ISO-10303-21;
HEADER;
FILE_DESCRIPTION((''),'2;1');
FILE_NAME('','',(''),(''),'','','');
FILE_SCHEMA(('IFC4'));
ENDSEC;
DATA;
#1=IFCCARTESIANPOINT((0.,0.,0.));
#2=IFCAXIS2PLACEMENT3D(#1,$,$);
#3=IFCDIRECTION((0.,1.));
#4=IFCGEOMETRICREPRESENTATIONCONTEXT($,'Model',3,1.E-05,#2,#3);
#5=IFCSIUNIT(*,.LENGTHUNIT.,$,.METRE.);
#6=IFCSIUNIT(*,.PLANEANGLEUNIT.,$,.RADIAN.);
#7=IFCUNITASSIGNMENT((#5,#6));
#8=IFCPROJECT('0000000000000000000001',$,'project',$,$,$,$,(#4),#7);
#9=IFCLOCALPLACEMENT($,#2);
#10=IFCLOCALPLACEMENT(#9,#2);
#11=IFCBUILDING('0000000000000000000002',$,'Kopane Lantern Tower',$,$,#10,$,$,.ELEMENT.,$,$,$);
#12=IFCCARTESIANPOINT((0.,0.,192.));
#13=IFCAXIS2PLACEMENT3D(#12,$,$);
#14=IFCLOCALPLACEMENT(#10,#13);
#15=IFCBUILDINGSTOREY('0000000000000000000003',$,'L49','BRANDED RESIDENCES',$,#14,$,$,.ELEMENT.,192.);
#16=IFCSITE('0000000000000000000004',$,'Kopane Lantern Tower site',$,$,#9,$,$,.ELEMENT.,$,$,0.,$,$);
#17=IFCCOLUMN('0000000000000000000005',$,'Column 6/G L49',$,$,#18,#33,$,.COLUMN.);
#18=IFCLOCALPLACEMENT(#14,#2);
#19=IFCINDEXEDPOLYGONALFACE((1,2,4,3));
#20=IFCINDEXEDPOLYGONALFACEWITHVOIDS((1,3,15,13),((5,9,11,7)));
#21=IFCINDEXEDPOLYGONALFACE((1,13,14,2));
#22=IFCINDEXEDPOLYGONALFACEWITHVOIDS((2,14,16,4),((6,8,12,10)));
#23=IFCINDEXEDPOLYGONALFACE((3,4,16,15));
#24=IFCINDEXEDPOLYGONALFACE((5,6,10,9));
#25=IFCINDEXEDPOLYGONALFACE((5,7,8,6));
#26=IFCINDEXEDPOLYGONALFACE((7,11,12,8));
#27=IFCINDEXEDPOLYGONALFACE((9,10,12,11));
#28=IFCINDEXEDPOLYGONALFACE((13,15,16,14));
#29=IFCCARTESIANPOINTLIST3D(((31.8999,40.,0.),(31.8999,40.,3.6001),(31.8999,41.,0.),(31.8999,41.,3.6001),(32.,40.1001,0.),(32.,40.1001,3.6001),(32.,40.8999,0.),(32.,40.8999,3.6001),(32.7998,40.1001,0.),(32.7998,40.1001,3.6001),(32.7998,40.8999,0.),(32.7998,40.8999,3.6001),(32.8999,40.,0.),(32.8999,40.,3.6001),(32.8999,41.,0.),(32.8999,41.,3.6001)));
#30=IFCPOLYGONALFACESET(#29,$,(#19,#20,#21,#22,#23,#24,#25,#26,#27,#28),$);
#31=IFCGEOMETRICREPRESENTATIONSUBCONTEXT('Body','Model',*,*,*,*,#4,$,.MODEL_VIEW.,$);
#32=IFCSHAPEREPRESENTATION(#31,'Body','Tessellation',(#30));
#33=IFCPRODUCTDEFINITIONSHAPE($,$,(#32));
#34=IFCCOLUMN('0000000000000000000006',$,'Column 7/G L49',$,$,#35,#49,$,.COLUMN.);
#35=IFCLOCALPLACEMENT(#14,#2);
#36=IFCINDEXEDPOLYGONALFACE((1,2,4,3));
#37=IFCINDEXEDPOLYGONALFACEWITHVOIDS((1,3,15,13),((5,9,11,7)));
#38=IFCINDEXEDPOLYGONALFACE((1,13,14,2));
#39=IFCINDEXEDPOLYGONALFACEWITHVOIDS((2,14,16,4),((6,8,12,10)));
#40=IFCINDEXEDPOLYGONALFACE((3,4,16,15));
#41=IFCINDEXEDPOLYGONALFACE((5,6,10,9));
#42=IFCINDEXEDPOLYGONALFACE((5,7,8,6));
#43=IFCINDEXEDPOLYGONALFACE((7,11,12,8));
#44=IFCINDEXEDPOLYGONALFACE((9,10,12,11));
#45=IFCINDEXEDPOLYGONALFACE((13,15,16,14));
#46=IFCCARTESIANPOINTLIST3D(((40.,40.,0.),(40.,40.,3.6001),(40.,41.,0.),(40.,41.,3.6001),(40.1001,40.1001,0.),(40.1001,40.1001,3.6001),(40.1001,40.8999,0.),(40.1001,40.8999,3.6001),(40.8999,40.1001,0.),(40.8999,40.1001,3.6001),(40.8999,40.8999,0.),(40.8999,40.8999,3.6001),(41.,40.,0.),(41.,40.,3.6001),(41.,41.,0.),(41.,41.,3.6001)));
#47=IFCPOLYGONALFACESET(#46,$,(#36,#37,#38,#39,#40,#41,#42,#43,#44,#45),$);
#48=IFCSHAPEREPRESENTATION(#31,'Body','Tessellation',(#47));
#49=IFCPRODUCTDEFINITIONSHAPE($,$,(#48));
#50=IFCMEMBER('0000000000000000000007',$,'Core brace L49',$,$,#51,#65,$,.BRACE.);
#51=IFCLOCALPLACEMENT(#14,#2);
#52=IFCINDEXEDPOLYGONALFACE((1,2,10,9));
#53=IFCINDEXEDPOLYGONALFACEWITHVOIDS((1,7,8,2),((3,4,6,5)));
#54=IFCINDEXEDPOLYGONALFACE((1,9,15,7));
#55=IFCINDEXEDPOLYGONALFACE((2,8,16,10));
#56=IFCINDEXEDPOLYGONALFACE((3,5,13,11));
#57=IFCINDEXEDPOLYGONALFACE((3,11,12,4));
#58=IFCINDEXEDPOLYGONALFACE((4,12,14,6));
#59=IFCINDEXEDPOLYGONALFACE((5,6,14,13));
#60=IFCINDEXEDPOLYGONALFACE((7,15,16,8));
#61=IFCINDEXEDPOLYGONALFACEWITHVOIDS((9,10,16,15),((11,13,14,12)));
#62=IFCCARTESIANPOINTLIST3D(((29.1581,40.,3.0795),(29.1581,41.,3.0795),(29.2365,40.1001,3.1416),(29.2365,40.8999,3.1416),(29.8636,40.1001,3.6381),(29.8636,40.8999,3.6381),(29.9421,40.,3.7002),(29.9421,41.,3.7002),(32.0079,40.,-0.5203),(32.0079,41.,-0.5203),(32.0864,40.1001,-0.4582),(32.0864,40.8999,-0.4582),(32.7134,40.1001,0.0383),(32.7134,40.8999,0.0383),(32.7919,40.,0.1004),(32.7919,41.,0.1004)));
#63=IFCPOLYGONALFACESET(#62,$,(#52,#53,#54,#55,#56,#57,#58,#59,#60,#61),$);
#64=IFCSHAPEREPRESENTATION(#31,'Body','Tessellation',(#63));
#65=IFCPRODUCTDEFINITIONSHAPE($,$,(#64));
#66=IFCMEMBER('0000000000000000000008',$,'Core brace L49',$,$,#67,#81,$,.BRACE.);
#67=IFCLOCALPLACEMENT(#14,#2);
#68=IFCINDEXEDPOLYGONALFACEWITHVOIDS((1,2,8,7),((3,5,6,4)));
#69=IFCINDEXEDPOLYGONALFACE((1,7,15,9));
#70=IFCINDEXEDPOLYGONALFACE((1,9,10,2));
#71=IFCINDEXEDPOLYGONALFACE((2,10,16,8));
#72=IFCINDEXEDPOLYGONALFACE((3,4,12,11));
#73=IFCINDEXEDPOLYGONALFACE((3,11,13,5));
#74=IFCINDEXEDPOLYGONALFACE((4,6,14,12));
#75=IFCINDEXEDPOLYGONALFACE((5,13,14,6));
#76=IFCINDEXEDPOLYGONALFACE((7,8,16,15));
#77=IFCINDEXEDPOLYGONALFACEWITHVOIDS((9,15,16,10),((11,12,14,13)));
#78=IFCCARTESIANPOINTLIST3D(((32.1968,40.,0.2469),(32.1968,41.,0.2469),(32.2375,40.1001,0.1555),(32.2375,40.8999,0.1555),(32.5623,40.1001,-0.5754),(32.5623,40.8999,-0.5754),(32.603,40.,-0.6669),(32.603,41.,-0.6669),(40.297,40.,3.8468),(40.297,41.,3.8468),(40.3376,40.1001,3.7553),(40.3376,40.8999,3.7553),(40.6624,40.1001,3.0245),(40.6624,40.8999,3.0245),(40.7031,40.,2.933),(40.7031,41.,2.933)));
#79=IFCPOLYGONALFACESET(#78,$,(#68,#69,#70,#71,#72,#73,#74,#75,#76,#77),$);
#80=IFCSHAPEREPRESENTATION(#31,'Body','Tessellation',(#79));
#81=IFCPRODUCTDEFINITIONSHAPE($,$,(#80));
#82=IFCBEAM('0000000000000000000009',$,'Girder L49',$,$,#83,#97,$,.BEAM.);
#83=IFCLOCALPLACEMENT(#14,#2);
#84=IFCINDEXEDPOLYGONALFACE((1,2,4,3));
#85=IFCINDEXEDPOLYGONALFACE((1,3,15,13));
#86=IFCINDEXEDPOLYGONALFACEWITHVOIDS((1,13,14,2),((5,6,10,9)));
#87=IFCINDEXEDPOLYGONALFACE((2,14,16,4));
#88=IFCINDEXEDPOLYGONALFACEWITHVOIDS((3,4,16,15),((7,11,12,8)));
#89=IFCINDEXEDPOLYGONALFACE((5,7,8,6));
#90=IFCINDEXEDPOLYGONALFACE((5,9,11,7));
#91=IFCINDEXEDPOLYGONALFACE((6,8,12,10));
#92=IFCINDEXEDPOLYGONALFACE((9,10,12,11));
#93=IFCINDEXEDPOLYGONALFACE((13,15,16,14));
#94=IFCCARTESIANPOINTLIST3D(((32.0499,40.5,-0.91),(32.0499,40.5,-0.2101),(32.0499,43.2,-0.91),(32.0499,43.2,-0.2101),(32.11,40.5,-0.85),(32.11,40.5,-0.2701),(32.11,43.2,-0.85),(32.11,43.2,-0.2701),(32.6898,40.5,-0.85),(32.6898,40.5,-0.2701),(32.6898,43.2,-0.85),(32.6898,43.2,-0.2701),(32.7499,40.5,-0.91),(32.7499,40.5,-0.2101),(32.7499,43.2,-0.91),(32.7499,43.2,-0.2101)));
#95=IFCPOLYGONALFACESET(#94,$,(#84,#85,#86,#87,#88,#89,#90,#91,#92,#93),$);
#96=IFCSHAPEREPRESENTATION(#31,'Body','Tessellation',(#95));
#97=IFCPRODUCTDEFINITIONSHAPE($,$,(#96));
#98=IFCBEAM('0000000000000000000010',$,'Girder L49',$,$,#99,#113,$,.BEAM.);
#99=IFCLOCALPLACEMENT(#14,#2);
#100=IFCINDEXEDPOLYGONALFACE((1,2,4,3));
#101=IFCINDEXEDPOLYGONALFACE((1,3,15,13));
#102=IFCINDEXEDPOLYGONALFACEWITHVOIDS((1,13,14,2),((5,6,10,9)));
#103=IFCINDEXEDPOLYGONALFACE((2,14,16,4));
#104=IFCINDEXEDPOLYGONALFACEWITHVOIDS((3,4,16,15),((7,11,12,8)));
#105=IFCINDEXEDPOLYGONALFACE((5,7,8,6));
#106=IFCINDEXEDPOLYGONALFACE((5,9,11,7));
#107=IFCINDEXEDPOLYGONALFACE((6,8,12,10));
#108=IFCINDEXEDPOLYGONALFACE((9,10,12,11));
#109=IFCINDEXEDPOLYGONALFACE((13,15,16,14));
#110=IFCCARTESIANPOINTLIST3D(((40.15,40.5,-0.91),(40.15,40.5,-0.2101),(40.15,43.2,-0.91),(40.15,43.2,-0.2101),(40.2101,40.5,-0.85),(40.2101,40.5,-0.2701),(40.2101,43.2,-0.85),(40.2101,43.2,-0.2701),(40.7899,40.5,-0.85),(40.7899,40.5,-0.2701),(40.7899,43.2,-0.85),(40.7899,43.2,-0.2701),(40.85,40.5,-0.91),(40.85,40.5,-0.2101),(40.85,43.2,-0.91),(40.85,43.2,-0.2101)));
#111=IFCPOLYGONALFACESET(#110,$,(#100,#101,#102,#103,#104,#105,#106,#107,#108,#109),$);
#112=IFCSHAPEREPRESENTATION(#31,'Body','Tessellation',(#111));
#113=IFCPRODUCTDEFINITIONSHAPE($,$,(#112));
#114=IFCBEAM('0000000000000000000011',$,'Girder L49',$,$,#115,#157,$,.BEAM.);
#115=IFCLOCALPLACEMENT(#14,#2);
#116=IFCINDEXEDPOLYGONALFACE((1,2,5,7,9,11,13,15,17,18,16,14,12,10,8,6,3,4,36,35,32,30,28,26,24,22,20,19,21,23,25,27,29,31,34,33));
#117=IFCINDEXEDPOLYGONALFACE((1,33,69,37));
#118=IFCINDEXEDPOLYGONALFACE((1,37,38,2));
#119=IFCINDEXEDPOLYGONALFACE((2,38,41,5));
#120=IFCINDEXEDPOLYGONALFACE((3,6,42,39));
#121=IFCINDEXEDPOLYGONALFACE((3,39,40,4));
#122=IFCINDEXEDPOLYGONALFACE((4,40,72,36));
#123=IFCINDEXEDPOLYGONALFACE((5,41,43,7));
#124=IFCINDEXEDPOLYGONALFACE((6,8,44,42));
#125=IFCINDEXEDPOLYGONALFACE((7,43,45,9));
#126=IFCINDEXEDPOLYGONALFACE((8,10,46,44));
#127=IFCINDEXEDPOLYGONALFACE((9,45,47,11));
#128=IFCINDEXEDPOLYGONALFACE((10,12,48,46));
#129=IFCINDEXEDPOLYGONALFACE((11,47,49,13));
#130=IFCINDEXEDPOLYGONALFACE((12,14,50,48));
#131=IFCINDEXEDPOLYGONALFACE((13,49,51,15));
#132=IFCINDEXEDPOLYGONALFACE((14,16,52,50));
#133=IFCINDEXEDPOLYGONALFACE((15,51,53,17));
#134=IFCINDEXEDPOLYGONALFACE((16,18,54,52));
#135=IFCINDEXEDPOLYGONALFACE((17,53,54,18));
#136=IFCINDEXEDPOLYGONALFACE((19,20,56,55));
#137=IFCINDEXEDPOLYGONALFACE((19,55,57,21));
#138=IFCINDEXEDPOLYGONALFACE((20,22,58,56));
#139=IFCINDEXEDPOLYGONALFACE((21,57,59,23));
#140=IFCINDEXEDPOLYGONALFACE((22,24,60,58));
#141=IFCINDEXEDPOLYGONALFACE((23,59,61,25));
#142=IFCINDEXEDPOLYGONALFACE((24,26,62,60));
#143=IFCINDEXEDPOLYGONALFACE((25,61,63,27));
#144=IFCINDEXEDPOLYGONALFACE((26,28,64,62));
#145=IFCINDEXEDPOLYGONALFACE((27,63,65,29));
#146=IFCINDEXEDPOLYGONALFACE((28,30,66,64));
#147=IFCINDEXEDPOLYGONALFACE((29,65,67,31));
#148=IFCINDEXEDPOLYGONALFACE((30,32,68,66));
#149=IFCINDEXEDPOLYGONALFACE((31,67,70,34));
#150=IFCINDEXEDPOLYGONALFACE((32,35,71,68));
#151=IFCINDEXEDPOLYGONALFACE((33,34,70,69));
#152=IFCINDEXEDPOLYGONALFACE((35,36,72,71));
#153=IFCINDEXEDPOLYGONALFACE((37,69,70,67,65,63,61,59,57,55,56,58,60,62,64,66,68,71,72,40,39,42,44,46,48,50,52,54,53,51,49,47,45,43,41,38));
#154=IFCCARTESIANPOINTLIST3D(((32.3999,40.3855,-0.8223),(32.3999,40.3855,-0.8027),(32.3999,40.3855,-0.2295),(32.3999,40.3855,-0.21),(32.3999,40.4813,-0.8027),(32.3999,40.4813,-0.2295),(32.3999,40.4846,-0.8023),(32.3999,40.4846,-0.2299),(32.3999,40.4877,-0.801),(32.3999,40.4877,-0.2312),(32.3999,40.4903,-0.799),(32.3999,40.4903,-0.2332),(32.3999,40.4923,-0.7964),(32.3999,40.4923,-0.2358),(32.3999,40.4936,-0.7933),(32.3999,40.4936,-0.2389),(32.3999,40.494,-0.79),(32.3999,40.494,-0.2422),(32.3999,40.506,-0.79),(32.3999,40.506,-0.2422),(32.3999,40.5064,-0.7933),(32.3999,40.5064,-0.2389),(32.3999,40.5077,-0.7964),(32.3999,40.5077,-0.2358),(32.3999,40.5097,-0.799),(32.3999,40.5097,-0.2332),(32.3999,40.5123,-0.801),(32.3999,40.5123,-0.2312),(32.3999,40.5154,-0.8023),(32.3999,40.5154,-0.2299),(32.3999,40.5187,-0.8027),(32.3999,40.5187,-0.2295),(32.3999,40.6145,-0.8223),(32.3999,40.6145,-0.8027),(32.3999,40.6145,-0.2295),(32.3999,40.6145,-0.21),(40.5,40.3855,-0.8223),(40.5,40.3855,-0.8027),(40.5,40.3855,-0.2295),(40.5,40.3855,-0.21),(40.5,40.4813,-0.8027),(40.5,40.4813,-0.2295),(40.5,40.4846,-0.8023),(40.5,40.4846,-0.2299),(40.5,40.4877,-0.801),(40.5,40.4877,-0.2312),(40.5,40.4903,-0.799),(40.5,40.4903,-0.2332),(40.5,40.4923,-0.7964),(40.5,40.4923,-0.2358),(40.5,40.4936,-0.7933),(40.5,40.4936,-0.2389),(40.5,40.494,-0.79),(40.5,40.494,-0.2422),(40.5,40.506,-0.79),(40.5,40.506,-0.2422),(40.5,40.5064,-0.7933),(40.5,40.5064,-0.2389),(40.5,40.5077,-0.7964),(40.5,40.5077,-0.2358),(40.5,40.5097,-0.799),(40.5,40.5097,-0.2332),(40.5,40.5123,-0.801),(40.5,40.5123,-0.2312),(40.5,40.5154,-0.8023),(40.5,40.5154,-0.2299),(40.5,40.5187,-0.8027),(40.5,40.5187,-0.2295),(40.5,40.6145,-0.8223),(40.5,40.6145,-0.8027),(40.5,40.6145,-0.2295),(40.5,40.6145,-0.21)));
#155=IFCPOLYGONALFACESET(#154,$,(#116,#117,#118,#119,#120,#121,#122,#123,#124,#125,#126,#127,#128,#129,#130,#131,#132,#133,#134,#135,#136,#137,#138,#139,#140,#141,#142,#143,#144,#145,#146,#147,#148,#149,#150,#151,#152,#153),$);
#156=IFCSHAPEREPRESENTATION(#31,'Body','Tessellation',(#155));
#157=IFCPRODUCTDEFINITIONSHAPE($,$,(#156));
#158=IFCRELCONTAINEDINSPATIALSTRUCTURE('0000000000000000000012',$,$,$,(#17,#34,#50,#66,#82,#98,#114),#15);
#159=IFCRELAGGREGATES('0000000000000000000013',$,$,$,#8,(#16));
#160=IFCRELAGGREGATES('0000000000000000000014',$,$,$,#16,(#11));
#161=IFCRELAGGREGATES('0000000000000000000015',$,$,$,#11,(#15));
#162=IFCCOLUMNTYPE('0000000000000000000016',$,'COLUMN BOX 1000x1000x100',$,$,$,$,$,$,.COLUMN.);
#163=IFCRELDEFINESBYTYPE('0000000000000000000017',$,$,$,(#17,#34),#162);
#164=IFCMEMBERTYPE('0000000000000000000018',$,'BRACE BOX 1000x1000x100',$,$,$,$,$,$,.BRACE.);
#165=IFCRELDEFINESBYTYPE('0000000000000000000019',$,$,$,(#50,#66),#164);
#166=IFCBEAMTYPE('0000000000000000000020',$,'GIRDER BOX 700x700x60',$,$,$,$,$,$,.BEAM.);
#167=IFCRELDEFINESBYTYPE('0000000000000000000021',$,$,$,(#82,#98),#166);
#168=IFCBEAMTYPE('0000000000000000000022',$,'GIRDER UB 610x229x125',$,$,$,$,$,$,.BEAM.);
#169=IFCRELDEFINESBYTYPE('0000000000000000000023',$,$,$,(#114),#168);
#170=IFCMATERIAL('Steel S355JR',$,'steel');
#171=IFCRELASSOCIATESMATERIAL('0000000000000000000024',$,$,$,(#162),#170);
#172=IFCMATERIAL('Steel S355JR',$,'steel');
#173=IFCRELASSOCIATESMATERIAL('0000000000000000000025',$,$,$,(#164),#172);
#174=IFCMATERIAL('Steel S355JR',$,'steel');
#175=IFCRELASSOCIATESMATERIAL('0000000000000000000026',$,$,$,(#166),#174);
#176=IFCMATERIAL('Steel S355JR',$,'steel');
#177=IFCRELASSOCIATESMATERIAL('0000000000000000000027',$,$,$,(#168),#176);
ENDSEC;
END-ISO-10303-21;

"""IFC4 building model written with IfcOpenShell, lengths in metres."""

from ifc_helpers import new_model, si_unit, direction, frame, origin, origin_2d, place, context, subcontext, project, spatial, hollow_rectangle, i_section, extrude, material, material_profile, profile_set, type_object, element, save


model = new_model("IFC4")

# Units and contexts
model_context = context("Model", 3, precision=1e-05, world=origin(), true_north=direction((0.0, 1.0)))
body_context = subcontext(model_context, "Body", "Model", "MODEL_VIEW")
ifc_project = project(units=[si_unit("LENGTHUNIT", "METRE"), si_unit("PLANEANGLEUNIT", "RADIAN")], contexts=[model_context])

# Site, building, storey
site_placement = place(None, origin())
site = spatial("IfcSite", under=ifc_project, at=site_placement, Name="Kopane Lantern Tower site", CompositionType="ELEMENT", RefElevation=0.0)
building_placement = place(site_placement, origin())
building = spatial("IfcBuilding", under=site, at=building_placement, Name="Kopane Lantern Tower", CompositionType="ELEMENT")
storey_placement = place(building_placement, frame((0.0, 0.0, 192.0)))
storey = spatial("IfcBuildingStorey", under=building, at=storey_placement, Name="L49", Description="BRANDED RESIDENCES", CompositionType="ELEMENT", Elevation=192.0)

# Columns
ifc_material_1 = material(Name="Steel S355JR", Category="steel")
ifc_material_profile_1 = material_profile(ifc_material_1, hollow_rectangle(XDim=1.0, YDim=1.0, WallThickness=0.1001, at=origin_2d()), Name="BOX 1000x1000x100")
ifc_profile_set_1 = profile_set([ifc_material_profile_1], Name="Steel S355JR")
column_type = type_object("IfcColumnType", Name="COLUMN BOX 1000x1000x100", PredefinedType="COLUMN", material=ifc_profile_set_1)
for number, where, z_axis, x_axis, name in (
    (1, (32.3999, 40.5, 0.0), (0.0, 0.0, 1.0), (1.0, 0.0, 0.0), "Column 6/G L49"),
    (2, (40.5, 40.5, 0.0), (0.0, 0.0, 1.0), (1.0, 0.0, 0.0), "Column 7/G L49"),
):
    element("IfcColumn", number, at=place(storey_placement, frame(where, z_axis=z_axis, x_axis=x_axis)), inside=storey, type_object=column_type, Name=name, PredefinedType="COLUMN", context=body_context, shape_type="SweptSolid", body=[
        extrude(hollow_rectangle(XDim=1.0, YDim=1.0, WallThickness=0.1001, at=origin_2d()), origin(), (0.0, 0.0, 1.0), 3.6001),
    ])

# Members
ifc_material_2 = material(Name="Steel S355JR", Category="steel")
ifc_material_profile_2 = material_profile(ifc_material_2, hollow_rectangle(XDim=1.0, YDim=1.0, WallThickness=0.1001, at=origin_2d()), Name="BOX 1000x1000x100")
ifc_profile_set_2 = profile_set([ifc_material_profile_2], Name="Steel S355JR")
member_type = type_object("IfcMemberType", Name="BRACE BOX 1000x1000x100", PredefinedType="BRACE", material=ifc_profile_set_2)
member_1_placement = place(storey_placement, frame((32.3999, 40.5, -0.21), z_axis=(-0.620699, 0.0, 0.784049), x_axis=(0.0, -1.0, 0.0)))
element("IfcMember", 3, at=member_1_placement, inside=storey, type_object=member_type, Name="Core brace L49", PredefinedType="BRACE", context=body_context, shape_type="SweptSolid", body=[
    extrude(hollow_rectangle(XDim=1.0, YDim=1.0, WallThickness=0.1001, at=origin_2d()), origin(), (0.0, 0.0, 1.0), 4.5913),
])
member_2_placement = place(storey_placement, frame((32.3999, 40.5, -0.21), z_axis=(0.913819, 0.0, 0.406121), x_axis=(0.0, 1.0, 0.0)))
element("IfcMember", 4, at=member_2_placement, inside=storey, type_object=member_type, Name="Core brace L49", PredefinedType="BRACE", context=body_context, shape_type="SweptSolid", body=[
    extrude(hollow_rectangle(XDim=1.0, YDim=1.0, WallThickness=0.1001, at=origin_2d()), origin(), (0.0, 0.0, 1.0), 8.864),
])

# Beams
ifc_material_3 = material(Name="Steel S355JR", Category="steel")
ifc_material_profile_3 = material_profile(ifc_material_3, hollow_rectangle(XDim=0.7, YDim=0.7, WallThickness=0.0601, at=origin_2d()), Name="BOX 700x700x60")
ifc_profile_set_3 = profile_set([ifc_material_profile_3], Name="Steel S355JR")
beam_type_1 = type_object("IfcBeamType", Name="GIRDER BOX 700x700x60", PredefinedType="BEAM", material=ifc_profile_set_3)
for number, where, z_axis, x_axis, name in (
    (5, (32.3999, 40.5, -0.5601), (0.0, 1.0, 0.0), (-1.0, 0.0, 0.0), "Girder L49"),
    (6, (40.5, 40.5, -0.5601), (0.0, 1.0, 0.0), (-1.0, 0.0, 0.0), "Girder L49"),
):
    element("IfcBeam", number, at=place(storey_placement, frame(where, z_axis=z_axis, x_axis=x_axis)), inside=storey, type_object=beam_type_1, Name=name, PredefinedType="BEAM", context=body_context, shape_type="SweptSolid", body=[
        extrude(hollow_rectangle(XDim=0.7, YDim=0.7, WallThickness=0.0601, at=origin_2d()), origin(), (0.0, 0.0, 1.0), 2.7),
    ])
ifc_material_4 = material(Name="Steel S355JR", Category="steel")
ifc_material_profile_4 = material_profile(ifc_material_4, i_section(OverallWidth=0.229, OverallDepth=0.6123, WebThickness=0.012, FlangeThickness=0.0195, FilletRadius=0.0127, at=origin_2d()), Name="UB 610x229x125")
ifc_profile_set_4 = profile_set([ifc_material_profile_4], Name="Steel S355JR")
beam_type_2 = type_object("IfcBeamType", Name="GIRDER UB 610x229x125", PredefinedType="BEAM", material=ifc_profile_set_4)
for number, where, z_axis, x_axis, name in (
    (7, (32.3999, 40.5, -0.5161), (1.0, 0.0, 0.0), (0.0, 1.0, 0.0), "Girder L49"),
):
    element("IfcBeam", number, at=place(storey_placement, frame(where, z_axis=z_axis, x_axis=x_axis)), inside=storey, type_object=beam_type_2, Name=name, PredefinedType="BEAM", context=body_context, shape_type="SweptSolid", body=[
        extrude(i_section(OverallWidth=0.229, OverallDepth=0.6123, WebThickness=0.012, FlangeThickness=0.0195, FilletRadius=0.0127, at=origin_2d()), origin(), (0.0, 0.0, 1.0), 8.1001),
    ])

save(model, "model.ifc")
